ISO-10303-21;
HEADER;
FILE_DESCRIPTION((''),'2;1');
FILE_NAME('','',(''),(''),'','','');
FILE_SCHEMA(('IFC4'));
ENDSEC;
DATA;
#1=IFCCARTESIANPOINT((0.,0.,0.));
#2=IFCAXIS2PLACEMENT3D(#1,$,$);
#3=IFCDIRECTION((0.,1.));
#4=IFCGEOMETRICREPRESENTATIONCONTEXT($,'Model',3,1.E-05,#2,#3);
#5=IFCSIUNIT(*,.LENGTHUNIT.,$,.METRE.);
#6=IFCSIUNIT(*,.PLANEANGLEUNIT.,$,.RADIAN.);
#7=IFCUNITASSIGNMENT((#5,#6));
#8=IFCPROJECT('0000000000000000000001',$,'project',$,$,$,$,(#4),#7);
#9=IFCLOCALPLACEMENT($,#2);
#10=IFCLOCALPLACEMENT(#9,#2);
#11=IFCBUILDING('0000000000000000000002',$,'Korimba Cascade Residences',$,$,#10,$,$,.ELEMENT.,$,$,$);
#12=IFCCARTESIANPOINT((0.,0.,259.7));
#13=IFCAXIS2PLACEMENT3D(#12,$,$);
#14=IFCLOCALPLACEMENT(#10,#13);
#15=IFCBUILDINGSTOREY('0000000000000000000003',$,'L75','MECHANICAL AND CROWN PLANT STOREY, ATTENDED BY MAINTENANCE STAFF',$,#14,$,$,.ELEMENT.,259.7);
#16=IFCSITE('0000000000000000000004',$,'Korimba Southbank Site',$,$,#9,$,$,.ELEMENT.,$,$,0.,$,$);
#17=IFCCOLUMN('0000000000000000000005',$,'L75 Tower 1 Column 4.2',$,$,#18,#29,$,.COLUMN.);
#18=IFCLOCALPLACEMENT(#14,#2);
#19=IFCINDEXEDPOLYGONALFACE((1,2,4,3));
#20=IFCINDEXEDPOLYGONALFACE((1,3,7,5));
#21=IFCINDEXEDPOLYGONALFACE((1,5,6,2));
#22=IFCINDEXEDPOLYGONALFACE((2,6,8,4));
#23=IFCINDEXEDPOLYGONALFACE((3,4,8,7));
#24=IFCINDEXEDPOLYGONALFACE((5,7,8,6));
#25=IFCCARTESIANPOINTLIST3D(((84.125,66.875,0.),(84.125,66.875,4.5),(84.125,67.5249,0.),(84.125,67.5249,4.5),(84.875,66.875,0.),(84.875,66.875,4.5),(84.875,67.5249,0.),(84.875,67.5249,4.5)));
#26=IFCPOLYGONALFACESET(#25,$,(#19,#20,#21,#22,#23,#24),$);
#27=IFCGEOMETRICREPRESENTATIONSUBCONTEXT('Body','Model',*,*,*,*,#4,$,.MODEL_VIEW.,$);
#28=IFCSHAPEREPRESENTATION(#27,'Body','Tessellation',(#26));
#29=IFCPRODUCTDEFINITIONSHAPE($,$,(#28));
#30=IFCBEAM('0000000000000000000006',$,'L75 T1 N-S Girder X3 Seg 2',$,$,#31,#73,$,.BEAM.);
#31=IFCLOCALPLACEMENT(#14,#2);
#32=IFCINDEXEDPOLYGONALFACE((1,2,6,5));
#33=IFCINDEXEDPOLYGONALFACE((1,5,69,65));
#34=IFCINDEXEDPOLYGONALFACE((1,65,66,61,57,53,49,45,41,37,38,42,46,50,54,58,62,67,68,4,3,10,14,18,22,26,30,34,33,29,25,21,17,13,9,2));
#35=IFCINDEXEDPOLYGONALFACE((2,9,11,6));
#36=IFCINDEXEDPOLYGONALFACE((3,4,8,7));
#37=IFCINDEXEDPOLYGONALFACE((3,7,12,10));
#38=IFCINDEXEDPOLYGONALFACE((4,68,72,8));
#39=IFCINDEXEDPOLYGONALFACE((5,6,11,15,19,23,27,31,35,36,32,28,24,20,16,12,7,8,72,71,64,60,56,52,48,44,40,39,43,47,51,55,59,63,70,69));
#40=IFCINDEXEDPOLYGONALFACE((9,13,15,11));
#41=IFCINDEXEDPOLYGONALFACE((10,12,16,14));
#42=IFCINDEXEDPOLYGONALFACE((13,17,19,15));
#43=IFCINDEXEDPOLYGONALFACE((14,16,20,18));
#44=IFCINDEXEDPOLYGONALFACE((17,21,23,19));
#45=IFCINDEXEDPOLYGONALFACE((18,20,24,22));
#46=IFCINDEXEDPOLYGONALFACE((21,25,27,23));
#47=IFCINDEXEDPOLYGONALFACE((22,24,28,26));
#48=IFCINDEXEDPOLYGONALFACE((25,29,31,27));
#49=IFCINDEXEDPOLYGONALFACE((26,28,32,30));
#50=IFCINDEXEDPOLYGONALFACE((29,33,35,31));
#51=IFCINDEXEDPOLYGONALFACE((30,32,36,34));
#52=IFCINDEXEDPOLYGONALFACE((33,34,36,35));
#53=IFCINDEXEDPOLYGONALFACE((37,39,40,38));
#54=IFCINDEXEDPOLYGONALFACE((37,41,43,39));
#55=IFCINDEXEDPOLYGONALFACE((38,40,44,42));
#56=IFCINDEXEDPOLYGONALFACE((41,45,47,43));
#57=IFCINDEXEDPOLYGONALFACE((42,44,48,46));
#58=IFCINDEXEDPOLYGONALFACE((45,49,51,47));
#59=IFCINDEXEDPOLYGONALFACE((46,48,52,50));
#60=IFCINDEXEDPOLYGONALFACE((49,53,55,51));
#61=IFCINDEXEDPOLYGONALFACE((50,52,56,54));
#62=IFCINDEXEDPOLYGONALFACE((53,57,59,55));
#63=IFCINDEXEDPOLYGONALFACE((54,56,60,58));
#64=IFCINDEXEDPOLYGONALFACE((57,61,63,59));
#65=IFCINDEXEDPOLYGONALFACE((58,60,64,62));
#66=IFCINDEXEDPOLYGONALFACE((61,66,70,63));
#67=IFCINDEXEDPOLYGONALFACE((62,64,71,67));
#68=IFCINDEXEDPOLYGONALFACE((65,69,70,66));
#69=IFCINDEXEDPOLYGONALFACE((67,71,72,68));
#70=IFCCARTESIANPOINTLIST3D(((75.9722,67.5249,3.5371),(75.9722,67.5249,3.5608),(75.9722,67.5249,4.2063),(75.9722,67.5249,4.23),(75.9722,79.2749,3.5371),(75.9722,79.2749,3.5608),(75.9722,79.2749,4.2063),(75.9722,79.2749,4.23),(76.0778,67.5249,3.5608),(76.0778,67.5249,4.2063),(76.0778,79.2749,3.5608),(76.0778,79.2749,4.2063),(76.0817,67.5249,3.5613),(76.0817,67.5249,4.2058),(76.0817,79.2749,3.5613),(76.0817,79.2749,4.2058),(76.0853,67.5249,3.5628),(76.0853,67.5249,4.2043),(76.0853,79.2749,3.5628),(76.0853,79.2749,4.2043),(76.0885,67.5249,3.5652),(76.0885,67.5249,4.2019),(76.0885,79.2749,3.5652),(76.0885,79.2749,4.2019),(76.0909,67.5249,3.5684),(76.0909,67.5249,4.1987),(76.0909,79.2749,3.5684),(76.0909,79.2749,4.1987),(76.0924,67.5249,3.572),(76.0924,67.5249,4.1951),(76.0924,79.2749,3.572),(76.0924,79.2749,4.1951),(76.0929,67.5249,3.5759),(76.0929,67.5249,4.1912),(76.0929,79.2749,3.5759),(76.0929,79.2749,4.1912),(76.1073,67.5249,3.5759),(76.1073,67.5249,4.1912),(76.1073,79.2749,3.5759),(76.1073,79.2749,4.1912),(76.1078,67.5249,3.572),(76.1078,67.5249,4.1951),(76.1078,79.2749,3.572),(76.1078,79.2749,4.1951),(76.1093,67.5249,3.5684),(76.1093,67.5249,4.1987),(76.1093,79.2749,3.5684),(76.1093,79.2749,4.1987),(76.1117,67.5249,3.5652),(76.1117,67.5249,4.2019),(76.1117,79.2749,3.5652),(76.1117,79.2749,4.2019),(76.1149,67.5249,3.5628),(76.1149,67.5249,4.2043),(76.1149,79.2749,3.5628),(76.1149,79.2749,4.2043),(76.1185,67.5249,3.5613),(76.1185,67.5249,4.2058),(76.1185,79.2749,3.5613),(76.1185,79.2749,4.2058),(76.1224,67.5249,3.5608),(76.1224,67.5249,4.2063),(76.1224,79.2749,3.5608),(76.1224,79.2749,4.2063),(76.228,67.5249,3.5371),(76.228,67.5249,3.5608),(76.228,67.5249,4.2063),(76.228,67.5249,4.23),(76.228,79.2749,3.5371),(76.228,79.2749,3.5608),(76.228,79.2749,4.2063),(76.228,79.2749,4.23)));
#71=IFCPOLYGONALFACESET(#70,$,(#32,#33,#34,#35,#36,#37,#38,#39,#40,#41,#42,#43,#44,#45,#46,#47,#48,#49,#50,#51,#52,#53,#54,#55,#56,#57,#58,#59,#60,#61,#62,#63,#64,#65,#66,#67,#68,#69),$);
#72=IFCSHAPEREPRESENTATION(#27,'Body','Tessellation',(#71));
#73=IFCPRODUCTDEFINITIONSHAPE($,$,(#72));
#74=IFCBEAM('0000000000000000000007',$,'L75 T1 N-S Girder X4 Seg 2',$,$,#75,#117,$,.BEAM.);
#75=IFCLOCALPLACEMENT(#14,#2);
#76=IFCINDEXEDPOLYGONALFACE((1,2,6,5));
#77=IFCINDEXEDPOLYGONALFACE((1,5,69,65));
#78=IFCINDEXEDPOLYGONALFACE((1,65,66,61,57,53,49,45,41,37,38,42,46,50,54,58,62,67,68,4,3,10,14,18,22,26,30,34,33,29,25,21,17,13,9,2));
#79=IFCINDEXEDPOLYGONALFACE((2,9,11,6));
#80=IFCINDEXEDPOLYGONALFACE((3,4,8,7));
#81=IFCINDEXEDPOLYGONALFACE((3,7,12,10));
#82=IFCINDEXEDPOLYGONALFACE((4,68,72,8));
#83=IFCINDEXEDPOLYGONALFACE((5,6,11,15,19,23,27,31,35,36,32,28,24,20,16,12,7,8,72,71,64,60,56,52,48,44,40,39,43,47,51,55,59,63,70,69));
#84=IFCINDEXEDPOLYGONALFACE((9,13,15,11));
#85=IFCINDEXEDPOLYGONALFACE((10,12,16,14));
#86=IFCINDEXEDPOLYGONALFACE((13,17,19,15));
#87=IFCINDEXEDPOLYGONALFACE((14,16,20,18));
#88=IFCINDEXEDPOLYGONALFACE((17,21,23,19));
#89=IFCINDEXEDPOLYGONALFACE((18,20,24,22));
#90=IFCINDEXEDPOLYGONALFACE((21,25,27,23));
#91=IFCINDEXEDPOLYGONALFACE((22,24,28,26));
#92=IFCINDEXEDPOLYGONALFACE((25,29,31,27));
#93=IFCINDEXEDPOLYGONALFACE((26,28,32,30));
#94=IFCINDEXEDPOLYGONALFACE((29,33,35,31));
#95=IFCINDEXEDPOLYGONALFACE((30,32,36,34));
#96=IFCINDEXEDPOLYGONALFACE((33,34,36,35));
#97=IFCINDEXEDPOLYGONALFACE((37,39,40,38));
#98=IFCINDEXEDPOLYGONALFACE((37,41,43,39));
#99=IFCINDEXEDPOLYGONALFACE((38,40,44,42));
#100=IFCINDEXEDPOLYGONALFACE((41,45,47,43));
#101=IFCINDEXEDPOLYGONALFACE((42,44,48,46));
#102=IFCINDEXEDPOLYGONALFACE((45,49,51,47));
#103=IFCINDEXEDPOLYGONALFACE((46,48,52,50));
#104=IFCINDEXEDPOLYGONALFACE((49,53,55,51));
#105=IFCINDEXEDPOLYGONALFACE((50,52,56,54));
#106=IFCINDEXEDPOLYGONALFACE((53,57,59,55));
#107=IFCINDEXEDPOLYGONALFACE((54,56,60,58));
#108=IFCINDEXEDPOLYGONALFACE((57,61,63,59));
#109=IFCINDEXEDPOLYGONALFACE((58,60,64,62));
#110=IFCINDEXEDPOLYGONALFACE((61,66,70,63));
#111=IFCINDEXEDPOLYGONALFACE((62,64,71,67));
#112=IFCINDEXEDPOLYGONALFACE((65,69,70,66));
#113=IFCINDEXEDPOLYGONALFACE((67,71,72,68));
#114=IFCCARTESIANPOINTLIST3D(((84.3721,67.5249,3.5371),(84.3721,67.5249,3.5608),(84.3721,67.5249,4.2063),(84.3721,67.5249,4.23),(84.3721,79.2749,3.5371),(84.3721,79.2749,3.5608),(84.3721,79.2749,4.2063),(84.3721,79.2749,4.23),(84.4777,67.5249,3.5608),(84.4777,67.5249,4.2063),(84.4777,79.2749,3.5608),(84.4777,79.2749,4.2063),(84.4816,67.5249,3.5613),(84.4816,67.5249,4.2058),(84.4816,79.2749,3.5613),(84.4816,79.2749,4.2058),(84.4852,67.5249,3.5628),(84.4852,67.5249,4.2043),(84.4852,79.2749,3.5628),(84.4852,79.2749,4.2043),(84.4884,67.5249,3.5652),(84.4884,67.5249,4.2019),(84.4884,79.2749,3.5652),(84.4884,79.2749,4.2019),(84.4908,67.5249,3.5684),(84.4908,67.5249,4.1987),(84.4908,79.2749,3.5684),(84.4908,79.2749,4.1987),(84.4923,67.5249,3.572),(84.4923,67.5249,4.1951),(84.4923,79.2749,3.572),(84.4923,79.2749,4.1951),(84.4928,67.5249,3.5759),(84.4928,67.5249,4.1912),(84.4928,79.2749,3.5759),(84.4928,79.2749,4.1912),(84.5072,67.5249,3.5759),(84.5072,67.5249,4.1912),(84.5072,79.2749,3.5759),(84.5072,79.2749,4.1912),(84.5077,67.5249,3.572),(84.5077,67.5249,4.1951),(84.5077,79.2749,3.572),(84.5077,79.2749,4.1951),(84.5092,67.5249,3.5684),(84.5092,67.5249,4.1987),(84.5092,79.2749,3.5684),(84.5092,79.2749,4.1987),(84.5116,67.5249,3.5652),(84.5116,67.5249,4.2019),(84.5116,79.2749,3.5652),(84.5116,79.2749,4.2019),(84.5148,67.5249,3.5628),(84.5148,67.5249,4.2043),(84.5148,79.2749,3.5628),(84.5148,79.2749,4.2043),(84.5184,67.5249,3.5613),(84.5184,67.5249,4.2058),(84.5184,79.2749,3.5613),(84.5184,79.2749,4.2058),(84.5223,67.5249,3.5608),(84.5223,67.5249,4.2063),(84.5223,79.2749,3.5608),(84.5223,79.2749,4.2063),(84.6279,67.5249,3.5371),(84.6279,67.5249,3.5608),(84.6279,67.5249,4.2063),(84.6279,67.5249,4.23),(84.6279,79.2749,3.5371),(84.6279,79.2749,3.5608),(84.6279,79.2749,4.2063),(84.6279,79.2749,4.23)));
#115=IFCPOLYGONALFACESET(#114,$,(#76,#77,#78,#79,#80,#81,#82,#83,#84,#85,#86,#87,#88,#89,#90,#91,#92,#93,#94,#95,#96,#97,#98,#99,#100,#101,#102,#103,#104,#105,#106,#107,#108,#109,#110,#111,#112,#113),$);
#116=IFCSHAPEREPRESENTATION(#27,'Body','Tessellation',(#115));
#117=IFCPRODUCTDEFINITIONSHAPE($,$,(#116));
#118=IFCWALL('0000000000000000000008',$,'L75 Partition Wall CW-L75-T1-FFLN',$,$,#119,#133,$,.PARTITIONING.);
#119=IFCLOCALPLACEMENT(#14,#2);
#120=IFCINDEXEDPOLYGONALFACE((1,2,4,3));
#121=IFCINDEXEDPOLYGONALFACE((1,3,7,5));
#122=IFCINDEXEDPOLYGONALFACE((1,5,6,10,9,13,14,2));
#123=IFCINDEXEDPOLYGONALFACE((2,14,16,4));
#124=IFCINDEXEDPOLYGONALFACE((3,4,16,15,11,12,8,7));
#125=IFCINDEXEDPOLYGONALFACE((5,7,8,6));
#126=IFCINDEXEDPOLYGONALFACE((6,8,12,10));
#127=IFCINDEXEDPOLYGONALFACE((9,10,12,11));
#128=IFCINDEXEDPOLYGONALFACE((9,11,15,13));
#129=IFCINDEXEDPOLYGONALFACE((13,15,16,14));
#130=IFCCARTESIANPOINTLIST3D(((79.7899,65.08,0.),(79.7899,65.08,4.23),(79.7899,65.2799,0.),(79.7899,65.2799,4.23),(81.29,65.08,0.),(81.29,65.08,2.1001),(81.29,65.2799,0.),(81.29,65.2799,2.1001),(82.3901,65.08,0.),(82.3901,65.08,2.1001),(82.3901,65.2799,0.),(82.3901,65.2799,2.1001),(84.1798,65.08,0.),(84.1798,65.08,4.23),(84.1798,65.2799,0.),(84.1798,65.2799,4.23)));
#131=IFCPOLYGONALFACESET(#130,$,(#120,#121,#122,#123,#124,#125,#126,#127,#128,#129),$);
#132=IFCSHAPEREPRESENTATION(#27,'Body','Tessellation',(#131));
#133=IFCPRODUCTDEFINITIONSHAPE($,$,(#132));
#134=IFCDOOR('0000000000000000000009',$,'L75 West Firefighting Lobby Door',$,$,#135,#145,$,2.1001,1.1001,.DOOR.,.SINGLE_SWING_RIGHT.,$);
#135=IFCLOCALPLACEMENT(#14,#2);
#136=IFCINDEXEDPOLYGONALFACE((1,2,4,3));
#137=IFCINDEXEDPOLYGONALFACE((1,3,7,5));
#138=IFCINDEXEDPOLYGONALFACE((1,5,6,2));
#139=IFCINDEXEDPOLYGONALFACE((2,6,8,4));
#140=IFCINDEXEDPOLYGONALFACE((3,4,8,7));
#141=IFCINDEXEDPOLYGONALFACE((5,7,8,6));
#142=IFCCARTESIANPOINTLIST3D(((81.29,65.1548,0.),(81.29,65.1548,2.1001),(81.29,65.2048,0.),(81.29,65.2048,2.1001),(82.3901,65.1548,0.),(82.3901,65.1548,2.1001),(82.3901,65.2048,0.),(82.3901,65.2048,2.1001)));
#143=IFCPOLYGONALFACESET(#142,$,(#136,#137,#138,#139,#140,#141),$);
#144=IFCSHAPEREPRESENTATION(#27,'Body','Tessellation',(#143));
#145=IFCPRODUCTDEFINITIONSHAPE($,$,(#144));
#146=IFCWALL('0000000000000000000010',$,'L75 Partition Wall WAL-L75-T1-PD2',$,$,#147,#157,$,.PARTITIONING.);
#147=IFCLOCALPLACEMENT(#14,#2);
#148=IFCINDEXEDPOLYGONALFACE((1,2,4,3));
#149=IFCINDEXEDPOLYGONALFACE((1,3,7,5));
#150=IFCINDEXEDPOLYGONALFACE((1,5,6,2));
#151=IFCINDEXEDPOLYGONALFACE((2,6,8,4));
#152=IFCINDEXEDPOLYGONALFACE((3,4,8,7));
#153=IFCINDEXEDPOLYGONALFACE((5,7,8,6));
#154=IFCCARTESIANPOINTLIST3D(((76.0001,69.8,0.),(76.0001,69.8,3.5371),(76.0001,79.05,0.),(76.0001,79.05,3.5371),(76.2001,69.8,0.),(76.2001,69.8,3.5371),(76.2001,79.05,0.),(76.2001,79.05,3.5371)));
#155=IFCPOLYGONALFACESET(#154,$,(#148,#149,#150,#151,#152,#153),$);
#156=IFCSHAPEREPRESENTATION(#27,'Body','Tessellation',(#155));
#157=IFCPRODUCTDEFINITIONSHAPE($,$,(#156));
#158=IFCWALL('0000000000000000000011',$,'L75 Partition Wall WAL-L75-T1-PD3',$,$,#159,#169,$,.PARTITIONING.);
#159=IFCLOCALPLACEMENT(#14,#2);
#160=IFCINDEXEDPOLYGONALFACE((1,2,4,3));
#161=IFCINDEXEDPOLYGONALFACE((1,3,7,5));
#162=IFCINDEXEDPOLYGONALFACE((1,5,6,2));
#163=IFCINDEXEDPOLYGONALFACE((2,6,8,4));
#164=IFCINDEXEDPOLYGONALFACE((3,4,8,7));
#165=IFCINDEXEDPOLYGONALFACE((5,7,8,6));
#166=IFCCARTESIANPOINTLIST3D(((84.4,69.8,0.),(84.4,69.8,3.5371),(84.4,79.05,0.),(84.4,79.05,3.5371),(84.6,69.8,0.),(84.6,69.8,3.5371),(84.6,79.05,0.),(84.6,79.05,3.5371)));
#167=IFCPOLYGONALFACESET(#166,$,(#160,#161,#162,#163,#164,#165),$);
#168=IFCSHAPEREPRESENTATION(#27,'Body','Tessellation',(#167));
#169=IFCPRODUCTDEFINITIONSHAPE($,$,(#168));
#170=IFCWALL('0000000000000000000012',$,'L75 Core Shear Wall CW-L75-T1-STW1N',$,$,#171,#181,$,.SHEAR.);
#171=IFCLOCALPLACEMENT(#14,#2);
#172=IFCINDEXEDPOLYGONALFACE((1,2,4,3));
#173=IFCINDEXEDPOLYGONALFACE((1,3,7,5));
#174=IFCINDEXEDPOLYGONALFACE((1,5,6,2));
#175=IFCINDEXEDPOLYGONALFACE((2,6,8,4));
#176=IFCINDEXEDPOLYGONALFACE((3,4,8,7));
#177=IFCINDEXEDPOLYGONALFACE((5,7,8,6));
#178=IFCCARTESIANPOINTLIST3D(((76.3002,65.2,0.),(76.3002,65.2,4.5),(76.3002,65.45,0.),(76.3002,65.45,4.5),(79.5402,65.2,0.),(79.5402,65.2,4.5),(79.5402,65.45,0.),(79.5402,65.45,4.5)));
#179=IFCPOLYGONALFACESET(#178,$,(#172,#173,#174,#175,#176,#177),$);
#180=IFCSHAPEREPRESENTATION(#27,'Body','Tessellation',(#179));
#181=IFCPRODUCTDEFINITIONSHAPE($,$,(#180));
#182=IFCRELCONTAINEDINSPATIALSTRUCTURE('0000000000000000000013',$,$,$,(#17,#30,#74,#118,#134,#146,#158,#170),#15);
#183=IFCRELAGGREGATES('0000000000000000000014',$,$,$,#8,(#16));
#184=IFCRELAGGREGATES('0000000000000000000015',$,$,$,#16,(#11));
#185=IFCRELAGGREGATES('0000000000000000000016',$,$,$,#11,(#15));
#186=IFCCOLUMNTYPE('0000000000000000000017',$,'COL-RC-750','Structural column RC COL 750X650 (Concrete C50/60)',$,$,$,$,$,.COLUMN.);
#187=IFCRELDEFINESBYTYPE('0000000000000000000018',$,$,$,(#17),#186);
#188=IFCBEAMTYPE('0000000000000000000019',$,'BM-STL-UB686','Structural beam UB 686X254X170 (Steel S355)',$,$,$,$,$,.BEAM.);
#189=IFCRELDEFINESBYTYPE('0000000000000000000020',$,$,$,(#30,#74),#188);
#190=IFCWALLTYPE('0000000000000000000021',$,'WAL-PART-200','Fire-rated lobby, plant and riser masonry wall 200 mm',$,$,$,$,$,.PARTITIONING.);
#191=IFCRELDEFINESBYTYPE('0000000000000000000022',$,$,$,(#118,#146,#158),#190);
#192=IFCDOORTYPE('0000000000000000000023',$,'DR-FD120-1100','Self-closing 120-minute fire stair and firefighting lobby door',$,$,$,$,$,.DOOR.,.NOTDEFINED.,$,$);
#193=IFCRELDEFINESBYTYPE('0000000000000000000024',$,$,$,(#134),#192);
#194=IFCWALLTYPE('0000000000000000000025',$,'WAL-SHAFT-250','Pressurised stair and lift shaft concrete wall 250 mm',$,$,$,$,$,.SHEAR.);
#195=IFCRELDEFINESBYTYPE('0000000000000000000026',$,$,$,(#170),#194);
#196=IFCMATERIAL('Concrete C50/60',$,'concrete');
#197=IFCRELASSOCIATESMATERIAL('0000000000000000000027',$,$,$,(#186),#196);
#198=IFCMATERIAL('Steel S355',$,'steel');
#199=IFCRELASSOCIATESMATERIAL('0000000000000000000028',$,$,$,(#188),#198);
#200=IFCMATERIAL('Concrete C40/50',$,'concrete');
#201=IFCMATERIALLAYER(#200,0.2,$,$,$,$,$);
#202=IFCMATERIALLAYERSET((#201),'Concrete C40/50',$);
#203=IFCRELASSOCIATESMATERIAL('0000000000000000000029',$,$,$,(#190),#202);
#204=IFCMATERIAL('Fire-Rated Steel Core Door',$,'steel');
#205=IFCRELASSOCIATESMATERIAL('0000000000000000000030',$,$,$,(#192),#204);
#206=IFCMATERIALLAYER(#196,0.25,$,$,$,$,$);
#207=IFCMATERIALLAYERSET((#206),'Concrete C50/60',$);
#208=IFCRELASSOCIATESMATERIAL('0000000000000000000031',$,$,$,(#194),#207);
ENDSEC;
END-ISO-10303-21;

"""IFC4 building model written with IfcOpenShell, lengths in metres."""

from ifc_helpers import new_model, si_unit, direction, frame, frame_2d, origin, origin_2d, place, context, subcontext, project, spatial, rectangle, i_section, extrude, material, layer, layer_set, material_profile, profile_set, type_object, element, fill, save


model = new_model("IFC4")

# Units and contexts
model_context = context("Model", 3, precision=1e-05, world=origin(), true_north=direction((0.0, 1.0)))
body_context = subcontext(model_context, "Body", "Model", "MODEL_VIEW")
ifc_project = project(units=[si_unit("LENGTHUNIT", "METRE"), si_unit("PLANEANGLEUNIT", "RADIAN")], contexts=[model_context])

# Site, building, storey
site_placement = place(None, origin())
site = spatial("IfcSite", under=ifc_project, at=site_placement, Name="Korimba Southbank Site", CompositionType="ELEMENT", RefElevation=0.0)
building_placement = place(site_placement, origin())
building = spatial("IfcBuilding", under=site, at=building_placement, Name="Korimba Cascade Residences", CompositionType="ELEMENT")
storey_placement = place(building_placement, frame((0.0, 0.0, 259.7)))
storey = spatial("IfcBuildingStorey", under=building, at=storey_placement, Name="L75", Description="MECHANICAL AND CROWN PLANT STOREY, ATTENDED BY MAINTENANCE STAFF", CompositionType="ELEMENT", Elevation=259.7)

# Column
ifc_material_1 = material(Name="Concrete C50/60", Category="concrete")
ifc_material_profile_1 = material_profile(ifc_material_1, rectangle(XDim=0.75, YDim=0.6499, at=origin_2d()), Name="Concrete C50/60")
ifc_profile_set_1 = profile_set([ifc_material_profile_1], Name="Concrete C50/60")
column_type = type_object("IfcColumnType", Name="COL-RC-750", Description="Structural column RC COL 750X650 (Concrete C50/60)", PredefinedType="COLUMN", material=ifc_profile_set_1)
column_placement = place(storey_placement, frame((84.5, 67.2, 0.0), z_axis=(0.0, 0.0, 1.0), x_axis=(1.0, 0.0, 0.0)))
element("IfcColumn", 1, at=column_placement, inside=storey, type_object=column_type, Name="L75 Tower 1 Column 4.2", PredefinedType="COLUMN", context=body_context, shape_type="SweptSolid", body=[
    extrude(rectangle(XDim=0.75, YDim=0.6499, at=origin_2d()), origin(), (0.0, 0.0, 1.0), 4.5),
])

# Beams
ifc_material_2 = material(Name="Steel S355", Category="steel")
ifc_material_profile_2 = material_profile(ifc_material_2, i_section(OverallWidth=0.2559, OverallDepth=0.6929, WebThickness=0.0144, FlangeThickness=0.0237, FilletRadius=0.0151, at=origin_2d()), Name="Steel S355")
ifc_profile_set_2 = profile_set([ifc_material_profile_2], Name="Steel S355")
beam_type = type_object("IfcBeamType", Name="BM-STL-UB686", Description="Structural beam UB 686X254X170 (Steel S355)", PredefinedType="BEAM", material=ifc_profile_set_2)
for number, where, z_axis, x_axis, name in (
    (2, (76.1001, 67.5249, 3.8835), (0.0, 1.0, 0.0), (-1.0, 0.0, 0.0), "L75 T1 N-S Girder X3 Seg 2"),
    (3, (84.5, 67.5249, 3.8835), (0.0, 1.0, 0.0), (-1.0, 0.0, 0.0), "L75 T1 N-S Girder X4 Seg 2"),
):
    element("IfcBeam", number, at=place(storey_placement, frame(where, z_axis=z_axis, x_axis=x_axis)), inside=storey, type_object=beam_type, Name=name, PredefinedType="BEAM", context=body_context, shape_type="SweptSolid", body=[
        extrude(i_section(OverallWidth=0.2559, OverallDepth=0.6929, WebThickness=0.0144, FlangeThickness=0.0237, FilletRadius=0.0151, at=origin_2d()), origin(), (0.0, 0.0, 1.0), 11.75),
    ])

# Wall, opening, door
ifc_material_3 = material(Name="Concrete C40/50", Category="concrete")
ifc_layer_1 = layer(ifc_material_3, 0.2)
ifc_layer_set_1 = layer_set([ifc_layer_1], Name="Concrete C40/50")
wall_type_1 = type_object("IfcWallType", Name="WAL-PART-200", Description="Fire-rated lobby, plant and riser masonry wall 200 mm", PredefinedType="PARTITIONING", material=ifc_layer_set_1)
wall_1_placement = place(storey_placement, frame((79.79, 65.1799, 0.0), z_axis=(0.0, 0.0, 1.0), x_axis=(1.0, 0.0, 0.0)))
wall_1 = element("IfcWall", 4, at=wall_1_placement, inside=storey, type_object=wall_type_1, Name="L75 Partition Wall CW-L75-T1-FFLN", PredefinedType="PARTITIONING", context=body_context, shape_type="SweptSolid", body=[
    extrude(rectangle(XDim=4.3899, YDim=0.2, at=frame_2d((2.1948, 0.0))), origin(), (0.0, 0.0, 1.0), 4.23),
])
opening_placement = place(wall_1_placement, frame((1.5, 0.0, 0.0)))
opening = element("IfcOpeningElement", 5, at=opening_placement, cuts=wall_1, PredefinedType="OPENING", context=body_context, shape_type="SweptSolid", body=[
    extrude(rectangle(XDim=1.1001, YDim=2.1001, at=frame_2d((0.55, 1.05))), frame((0.0, 0.1099, 0.0), z_axis=(0.0, -1.0, 0.0), x_axis=(1.0, 0.0, 0.0)), (0.0, 0.0, 1.0), 0.22),
])
ifc_material_4 = material(Name="Fire-Rated Steel Core Door", Category="steel")
door_type = type_object("IfcDoorType", Name="DR-FD120-1100", Description="Self-closing 120-minute fire stair and firefighting lobby door", OperationType="NOTDEFINED", PredefinedType="DOOR", material=ifc_material_4)
door_placement = place(opening_placement, origin())
door = element("IfcDoor", 6, at=door_placement, inside=storey, type_object=door_type, Name="L75 West Firefighting Lobby Door", OperationType="SINGLE_SWING_RIGHT", OverallHeight=2.1001, OverallWidth=1.1001, PredefinedType="DOOR", context=body_context, shape_type="SweptSolid", body=[
    extrude(rectangle(XDim=1.1001, YDim=2.1001, at=frame_2d((0.55, 1.05))), frame((0.0, 0.0249, 0.0), z_axis=(0.0, -1.0, 0.0), x_axis=(1.0, 0.0, 0.0)), (0.0, 0.0, 1.0), 0.05),
])
fill(opening, door)

# Walls
for number, where, z_axis, x_axis, name in (
    (7, (76.1001, 69.8, 0.0), (0.0, 0.0, 1.0), (0.0, 1.0, 0.0), "L75 Partition Wall WAL-L75-T1-PD2"),
    (8, (84.5, 69.8, 0.0), (0.0, 0.0, 1.0), (0.0, 1.0, 0.0), "L75 Partition Wall WAL-L75-T1-PD3"),
):
    element("IfcWall", number, at=place(storey_placement, frame(where, z_axis=z_axis, x_axis=x_axis)), inside=storey, type_object=wall_type_1, Name=name, PredefinedType="PARTITIONING", context=body_context, shape_type="SweptSolid", body=[
        extrude(rectangle(XDim=9.25, YDim=0.2, at=frame_2d((4.625, 0.0))), origin(), (0.0, 0.0, 1.0), 3.5371),
    ])
ifc_layer_2 = layer(ifc_material_1, 0.25)
ifc_layer_set_2 = layer_set([ifc_layer_2], Name="Concrete C50/60")
wall_type_2 = type_object("IfcWallType", Name="WAL-SHAFT-250", Description="Pressurised stair and lift shaft concrete wall 250 mm", PredefinedType="SHEAR", material=ifc_layer_set_2)
wall_2_placement = place(storey_placement, frame((76.3, 65.325, 0.0), z_axis=(0.0, 0.0, 1.0), x_axis=(1.0, 0.0, 0.0)))
element("IfcWall", 9, at=wall_2_placement, inside=storey, type_object=wall_type_2, Name="L75 Core Shear Wall CW-L75-T1-STW1N", PredefinedType="SHEAR", context=body_context, shape_type="SweptSolid", body=[
    extrude(rectangle(XDim=3.24, YDim=0.25, at=frame_2d((1.6201, 0.0))), origin(), (0.0, 0.0, 1.0), 4.5),
])

save(model, "model.ifc")
